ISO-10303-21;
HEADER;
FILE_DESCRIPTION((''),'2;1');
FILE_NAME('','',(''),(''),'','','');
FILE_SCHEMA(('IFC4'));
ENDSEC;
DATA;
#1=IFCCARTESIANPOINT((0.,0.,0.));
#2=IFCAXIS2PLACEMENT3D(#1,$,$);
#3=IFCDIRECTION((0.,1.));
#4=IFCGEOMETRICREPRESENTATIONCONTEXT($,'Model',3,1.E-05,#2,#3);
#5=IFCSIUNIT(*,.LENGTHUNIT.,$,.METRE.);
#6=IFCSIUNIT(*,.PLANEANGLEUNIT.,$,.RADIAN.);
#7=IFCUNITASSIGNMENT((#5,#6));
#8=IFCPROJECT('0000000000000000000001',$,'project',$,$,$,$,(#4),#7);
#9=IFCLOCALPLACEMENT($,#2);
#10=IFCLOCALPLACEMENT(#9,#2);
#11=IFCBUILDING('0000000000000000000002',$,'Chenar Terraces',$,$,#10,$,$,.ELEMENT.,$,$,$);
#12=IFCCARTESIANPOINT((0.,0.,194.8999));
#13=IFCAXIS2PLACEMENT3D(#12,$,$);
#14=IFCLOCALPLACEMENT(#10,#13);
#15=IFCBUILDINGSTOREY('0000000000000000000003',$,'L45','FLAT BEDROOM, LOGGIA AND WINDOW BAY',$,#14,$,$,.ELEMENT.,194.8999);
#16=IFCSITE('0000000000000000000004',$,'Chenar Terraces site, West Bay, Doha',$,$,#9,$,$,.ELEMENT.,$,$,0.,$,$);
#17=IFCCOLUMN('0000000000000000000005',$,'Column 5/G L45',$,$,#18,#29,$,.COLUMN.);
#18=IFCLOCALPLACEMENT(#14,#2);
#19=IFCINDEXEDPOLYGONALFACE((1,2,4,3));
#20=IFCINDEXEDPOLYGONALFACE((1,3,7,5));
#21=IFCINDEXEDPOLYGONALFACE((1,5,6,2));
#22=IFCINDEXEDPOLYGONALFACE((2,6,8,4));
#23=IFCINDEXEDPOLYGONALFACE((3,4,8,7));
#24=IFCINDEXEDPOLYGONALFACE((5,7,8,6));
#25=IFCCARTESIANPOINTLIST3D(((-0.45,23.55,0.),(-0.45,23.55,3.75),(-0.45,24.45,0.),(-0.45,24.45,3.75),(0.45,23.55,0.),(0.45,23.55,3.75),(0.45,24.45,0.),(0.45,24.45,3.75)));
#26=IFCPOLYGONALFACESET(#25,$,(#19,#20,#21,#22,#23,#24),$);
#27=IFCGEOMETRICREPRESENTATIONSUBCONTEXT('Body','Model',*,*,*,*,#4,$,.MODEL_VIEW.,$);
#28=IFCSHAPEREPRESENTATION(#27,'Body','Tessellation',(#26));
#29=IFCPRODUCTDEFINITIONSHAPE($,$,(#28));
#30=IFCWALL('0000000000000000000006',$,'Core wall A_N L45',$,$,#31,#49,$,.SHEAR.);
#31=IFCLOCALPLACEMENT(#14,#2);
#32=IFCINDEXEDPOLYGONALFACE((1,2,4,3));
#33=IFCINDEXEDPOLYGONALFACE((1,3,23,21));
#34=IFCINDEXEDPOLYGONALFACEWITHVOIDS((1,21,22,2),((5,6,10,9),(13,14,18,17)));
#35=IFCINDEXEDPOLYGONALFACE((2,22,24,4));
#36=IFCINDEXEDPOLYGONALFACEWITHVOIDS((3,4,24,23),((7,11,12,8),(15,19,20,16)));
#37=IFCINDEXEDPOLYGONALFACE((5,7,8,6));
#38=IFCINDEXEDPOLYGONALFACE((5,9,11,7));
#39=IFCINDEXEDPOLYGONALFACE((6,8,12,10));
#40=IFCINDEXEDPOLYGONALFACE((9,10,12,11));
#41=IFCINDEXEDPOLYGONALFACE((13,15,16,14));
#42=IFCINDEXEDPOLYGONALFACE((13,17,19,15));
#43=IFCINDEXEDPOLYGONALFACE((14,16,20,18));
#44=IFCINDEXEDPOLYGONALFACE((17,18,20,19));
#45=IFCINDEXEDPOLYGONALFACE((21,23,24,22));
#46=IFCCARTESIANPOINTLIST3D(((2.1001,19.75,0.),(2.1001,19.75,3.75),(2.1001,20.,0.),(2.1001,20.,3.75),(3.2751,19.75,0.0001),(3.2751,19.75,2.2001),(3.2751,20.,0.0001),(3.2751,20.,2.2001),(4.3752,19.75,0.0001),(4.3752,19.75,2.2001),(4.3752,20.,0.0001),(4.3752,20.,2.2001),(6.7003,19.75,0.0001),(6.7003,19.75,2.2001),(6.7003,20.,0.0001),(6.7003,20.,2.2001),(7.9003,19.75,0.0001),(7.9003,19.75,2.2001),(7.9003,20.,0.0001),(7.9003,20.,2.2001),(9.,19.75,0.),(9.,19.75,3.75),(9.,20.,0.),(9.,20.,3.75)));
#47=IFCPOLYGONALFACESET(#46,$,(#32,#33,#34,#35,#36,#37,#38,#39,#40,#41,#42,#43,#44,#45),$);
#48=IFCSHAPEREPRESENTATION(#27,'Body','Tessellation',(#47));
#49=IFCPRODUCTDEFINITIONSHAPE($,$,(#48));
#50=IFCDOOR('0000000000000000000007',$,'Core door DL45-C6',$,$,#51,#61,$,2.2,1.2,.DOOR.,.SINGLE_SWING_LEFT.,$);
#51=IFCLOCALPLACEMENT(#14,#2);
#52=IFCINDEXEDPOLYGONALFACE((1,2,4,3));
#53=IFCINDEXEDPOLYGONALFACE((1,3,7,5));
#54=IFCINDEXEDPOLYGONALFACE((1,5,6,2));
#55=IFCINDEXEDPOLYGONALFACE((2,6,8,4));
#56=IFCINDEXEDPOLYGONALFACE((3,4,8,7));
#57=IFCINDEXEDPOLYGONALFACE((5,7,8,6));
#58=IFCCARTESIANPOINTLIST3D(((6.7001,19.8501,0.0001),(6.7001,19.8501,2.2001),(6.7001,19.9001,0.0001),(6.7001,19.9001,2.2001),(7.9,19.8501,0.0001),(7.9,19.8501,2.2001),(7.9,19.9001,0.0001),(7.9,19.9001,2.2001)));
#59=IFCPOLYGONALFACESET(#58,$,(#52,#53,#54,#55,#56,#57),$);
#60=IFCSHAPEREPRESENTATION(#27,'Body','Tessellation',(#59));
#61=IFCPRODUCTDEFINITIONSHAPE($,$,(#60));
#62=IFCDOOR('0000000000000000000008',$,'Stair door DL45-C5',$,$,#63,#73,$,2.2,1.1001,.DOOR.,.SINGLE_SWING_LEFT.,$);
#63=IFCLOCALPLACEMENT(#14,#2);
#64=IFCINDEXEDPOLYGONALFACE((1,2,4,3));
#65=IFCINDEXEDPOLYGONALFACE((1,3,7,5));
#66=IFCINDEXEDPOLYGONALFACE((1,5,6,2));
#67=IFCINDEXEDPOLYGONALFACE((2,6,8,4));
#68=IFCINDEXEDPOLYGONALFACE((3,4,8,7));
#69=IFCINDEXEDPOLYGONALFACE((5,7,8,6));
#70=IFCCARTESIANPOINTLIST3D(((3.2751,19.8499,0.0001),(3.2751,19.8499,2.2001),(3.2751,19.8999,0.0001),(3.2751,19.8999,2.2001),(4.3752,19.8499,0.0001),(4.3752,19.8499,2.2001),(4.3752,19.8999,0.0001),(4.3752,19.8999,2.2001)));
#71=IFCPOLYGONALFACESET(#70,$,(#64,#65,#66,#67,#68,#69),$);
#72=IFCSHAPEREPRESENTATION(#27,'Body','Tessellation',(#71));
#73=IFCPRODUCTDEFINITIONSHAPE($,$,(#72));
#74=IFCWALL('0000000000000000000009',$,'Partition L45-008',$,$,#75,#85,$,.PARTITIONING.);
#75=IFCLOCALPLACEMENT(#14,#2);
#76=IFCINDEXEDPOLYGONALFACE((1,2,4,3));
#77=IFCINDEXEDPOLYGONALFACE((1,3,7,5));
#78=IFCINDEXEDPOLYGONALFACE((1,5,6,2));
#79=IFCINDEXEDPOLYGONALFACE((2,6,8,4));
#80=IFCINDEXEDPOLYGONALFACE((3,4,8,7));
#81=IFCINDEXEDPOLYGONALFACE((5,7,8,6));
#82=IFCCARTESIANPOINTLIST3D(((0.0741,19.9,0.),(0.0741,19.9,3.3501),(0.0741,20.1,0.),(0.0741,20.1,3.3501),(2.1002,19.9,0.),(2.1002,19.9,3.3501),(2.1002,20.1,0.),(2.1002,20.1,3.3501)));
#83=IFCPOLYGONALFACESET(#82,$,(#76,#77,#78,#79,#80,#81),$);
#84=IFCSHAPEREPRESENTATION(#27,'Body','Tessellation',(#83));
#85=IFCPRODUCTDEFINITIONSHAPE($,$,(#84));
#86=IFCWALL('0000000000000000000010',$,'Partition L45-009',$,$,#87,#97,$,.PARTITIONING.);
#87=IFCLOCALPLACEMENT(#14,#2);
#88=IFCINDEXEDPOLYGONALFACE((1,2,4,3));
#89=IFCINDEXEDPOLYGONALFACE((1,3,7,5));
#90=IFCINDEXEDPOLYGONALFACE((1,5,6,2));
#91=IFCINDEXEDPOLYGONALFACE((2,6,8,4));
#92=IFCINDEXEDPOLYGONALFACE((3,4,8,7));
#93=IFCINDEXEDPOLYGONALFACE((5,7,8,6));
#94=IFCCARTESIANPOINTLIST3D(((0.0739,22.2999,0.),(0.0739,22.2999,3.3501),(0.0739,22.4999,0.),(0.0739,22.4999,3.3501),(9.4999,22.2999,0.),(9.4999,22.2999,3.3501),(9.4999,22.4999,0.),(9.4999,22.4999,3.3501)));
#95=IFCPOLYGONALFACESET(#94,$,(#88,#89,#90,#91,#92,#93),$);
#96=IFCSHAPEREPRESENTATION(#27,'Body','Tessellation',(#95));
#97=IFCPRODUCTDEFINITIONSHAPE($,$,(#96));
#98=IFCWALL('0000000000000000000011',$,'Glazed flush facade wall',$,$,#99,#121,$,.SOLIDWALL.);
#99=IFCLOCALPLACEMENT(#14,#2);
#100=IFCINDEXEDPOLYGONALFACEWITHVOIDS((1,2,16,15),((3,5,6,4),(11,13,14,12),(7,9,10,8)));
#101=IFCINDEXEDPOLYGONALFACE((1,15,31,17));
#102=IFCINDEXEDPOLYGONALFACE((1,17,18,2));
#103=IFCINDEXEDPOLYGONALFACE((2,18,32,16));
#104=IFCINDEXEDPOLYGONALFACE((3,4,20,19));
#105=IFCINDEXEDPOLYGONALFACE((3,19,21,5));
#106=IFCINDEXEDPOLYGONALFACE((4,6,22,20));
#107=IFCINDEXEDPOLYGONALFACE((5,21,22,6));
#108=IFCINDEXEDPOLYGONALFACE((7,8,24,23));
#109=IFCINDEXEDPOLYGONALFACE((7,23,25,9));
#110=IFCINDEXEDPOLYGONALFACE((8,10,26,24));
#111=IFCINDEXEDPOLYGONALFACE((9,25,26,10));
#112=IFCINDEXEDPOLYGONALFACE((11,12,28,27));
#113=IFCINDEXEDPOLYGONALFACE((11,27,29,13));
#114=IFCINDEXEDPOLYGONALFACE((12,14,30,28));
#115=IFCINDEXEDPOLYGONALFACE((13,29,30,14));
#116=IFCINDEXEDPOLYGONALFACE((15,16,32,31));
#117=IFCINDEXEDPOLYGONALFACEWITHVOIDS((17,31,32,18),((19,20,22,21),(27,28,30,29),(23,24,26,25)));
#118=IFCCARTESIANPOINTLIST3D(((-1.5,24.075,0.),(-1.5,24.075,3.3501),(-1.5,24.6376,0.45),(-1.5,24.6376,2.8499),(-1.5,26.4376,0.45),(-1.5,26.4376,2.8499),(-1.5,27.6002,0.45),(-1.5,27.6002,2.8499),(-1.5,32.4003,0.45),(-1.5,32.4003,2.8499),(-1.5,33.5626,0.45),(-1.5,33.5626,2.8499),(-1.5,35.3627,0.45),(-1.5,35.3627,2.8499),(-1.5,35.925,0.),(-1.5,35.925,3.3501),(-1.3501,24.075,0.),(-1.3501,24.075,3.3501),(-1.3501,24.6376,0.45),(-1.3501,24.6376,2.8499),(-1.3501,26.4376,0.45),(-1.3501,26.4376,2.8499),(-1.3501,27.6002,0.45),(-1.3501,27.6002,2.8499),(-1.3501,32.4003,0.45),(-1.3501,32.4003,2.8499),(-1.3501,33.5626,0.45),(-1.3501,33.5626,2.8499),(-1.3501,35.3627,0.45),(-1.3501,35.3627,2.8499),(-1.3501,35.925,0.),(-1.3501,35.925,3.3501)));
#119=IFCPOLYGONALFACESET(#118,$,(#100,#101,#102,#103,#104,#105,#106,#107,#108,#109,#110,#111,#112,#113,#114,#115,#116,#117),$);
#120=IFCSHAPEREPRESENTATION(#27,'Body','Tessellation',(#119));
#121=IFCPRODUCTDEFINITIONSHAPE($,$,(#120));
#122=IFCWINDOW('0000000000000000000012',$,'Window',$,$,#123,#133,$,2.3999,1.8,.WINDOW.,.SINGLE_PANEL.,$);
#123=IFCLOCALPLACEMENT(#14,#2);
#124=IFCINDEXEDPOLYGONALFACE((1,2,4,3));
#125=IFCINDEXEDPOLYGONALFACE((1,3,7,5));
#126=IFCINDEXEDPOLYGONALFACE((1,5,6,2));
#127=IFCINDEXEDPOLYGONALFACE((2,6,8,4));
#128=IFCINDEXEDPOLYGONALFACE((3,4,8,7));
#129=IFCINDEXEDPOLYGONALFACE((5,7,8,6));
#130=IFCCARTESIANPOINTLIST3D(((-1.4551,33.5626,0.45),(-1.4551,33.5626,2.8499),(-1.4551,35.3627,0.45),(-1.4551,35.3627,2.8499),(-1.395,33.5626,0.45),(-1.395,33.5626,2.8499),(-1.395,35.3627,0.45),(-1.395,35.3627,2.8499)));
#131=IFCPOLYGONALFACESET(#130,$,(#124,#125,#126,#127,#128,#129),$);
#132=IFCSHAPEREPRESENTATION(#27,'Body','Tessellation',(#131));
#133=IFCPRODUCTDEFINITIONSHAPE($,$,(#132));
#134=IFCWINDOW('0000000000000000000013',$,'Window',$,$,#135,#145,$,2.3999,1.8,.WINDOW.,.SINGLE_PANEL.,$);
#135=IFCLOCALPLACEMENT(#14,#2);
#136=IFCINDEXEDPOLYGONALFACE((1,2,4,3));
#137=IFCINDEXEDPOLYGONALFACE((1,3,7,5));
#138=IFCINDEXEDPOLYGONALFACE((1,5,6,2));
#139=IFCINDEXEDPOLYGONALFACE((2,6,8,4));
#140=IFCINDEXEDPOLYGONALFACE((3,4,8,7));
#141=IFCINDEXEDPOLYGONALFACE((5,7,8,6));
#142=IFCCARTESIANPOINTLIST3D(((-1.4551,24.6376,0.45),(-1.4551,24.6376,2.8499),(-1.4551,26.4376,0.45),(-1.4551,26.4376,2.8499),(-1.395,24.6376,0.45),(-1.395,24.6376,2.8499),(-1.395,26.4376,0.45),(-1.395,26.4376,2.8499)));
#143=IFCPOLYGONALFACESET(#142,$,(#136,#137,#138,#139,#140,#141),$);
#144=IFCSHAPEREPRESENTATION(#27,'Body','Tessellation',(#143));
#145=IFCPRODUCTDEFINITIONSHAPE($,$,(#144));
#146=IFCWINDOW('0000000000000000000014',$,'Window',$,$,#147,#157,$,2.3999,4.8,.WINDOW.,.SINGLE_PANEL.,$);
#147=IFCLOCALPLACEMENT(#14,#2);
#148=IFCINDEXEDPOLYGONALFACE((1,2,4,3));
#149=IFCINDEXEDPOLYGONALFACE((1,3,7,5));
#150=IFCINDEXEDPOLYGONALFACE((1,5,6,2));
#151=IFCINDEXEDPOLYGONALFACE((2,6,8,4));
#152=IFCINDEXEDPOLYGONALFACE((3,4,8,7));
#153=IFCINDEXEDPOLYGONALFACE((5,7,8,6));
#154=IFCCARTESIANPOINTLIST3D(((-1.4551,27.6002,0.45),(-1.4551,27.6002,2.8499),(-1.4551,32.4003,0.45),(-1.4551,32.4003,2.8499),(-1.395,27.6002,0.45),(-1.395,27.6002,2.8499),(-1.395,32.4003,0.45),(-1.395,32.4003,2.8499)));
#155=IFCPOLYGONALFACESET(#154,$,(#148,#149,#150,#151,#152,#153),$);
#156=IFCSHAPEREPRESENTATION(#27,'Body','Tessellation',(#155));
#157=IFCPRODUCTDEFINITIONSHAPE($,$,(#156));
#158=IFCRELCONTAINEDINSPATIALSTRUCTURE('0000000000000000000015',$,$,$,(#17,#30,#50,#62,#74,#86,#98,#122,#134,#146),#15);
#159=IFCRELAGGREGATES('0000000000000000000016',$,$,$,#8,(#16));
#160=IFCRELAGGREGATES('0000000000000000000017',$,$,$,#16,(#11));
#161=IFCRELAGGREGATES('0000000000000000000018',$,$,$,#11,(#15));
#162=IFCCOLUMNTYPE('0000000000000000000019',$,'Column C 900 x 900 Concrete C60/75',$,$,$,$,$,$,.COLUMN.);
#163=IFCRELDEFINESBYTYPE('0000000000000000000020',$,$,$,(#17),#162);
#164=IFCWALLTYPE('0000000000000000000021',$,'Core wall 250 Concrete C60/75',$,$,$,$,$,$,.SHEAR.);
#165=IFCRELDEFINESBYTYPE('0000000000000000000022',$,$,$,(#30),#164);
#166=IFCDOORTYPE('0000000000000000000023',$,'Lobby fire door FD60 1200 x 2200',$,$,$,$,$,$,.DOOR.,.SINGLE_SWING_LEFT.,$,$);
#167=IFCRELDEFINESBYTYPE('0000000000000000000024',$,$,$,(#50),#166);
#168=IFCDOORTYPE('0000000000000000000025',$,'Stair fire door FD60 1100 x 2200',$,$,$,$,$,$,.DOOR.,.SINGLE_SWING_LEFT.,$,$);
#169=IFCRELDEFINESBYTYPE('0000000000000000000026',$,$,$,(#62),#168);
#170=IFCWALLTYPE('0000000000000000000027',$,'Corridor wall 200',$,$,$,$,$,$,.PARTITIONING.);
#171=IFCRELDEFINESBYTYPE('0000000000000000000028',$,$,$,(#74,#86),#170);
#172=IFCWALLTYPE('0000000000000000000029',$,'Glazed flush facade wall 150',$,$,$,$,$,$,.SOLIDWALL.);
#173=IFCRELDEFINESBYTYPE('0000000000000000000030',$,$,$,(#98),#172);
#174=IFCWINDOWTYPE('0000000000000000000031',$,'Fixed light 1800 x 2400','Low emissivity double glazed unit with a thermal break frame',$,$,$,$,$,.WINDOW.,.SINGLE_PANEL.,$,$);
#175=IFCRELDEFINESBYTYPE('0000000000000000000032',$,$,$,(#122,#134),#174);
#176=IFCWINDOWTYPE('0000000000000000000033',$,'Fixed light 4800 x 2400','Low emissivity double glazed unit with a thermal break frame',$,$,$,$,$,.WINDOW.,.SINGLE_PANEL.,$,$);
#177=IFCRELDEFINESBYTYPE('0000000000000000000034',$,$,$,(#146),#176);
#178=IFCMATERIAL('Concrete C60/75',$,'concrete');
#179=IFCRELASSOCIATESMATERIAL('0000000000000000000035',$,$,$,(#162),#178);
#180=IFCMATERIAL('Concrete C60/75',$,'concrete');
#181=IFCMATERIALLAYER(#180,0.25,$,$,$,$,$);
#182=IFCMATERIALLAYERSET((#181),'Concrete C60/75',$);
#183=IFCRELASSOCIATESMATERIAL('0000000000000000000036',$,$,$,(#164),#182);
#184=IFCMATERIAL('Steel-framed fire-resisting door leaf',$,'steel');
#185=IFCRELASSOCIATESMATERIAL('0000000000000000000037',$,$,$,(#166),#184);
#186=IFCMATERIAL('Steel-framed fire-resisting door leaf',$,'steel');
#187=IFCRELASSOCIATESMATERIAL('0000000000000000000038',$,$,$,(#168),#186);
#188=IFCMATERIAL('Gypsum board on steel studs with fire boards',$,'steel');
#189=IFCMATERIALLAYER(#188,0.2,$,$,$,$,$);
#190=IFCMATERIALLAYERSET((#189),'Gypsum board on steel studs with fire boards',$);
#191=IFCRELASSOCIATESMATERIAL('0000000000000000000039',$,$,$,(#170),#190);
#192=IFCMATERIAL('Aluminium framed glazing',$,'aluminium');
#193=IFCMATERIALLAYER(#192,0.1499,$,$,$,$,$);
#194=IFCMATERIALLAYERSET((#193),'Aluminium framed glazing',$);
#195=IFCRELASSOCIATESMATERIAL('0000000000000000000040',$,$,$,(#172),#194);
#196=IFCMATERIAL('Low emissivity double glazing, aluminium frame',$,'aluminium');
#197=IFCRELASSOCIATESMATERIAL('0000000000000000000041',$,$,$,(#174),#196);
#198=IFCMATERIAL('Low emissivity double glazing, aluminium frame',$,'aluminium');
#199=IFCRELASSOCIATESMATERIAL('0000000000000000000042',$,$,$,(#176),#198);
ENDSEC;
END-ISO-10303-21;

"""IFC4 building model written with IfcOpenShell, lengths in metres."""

from ifc_helpers import new_model, si_unit, direction, frame, frame_2d, origin, origin_2d, place, context, subcontext, project, spatial, rectangle, extrude, material, layer, layer_set, material_profile, profile_set, type_object, element, fill, save


model = new_model("IFC4")

# Units and contexts
model_context = context("Model", 3, precision=1e-05, world=origin(), true_north=direction((0.0, 1.0)))
body_context = subcontext(model_context, "Body", "Model", "MODEL_VIEW")
ifc_project = project(units=[si_unit("LENGTHUNIT", "METRE"), si_unit("PLANEANGLEUNIT", "RADIAN")], contexts=[model_context])

# Site, building, storey
site_placement = place(None, origin())
site = spatial("IfcSite", under=ifc_project, at=site_placement, Name="Chenar Terraces site, West Bay, Doha", CompositionType="ELEMENT", RefElevation=0.0)
building_placement = place(site_placement, origin())
building = spatial("IfcBuilding", under=site, at=building_placement, Name="Chenar Terraces", CompositionType="ELEMENT")
storey_placement = place(building_placement, frame((0.0, 0.0, 194.8999)))
storey = spatial("IfcBuildingStorey", under=building, at=storey_placement, Name="L45", Description="FLAT BEDROOM, LOGGIA AND WINDOW BAY", CompositionType="ELEMENT", Elevation=194.8999)

# Column
ifc_material_1 = material(Name="Concrete C60/75", Category="concrete")
ifc_material_profile_1 = material_profile(ifc_material_1, rectangle(XDim=0.8999, YDim=0.8999, at=origin_2d()), Name="C 900 x 900")
ifc_profile_set_1 = profile_set([ifc_material_profile_1], Name="Concrete C60/75")
column_type = type_object("IfcColumnType", Name="Column C 900 x 900 Concrete C60/75", PredefinedType="COLUMN", material=ifc_profile_set_1)
column_placement = place(storey_placement, frame((0.0, 24.0, 0.0), z_axis=(0.0, 0.0, 1.0), x_axis=(1.0, 0.0, 0.0)))
element("IfcColumn", 1, at=column_placement, inside=storey, type_object=column_type, Name="Column 5/G L45", PredefinedType="COLUMN", context=body_context, shape_type="SweptSolid", body=[
    extrude(rectangle(XDim=0.8999, YDim=0.8999, at=origin_2d()), origin(), (0.0, 0.0, 1.0), 3.75),
])

# Wall, openings, doors
ifc_material_2 = material(Name="Concrete C60/75", Category="concrete")
ifc_layer_1 = layer(ifc_material_2, 0.25)
ifc_layer_set_1 = layer_set([ifc_layer_1], Name="Concrete C60/75")
wall_type_1 = type_object("IfcWallType", Name="Core wall 250 Concrete C60/75", PredefinedType="SHEAR", material=ifc_layer_set_1)
wall_1_placement = place(storey_placement, frame((2.1001, 19.875, 0.0), z_axis=(0.0, 0.0, 1.0), x_axis=(1.0, 0.0, 0.0)))
wall_1 = element("IfcWall", 2, at=wall_1_placement, inside=storey, type_object=wall_type_1, Name="Core wall A_N L45", PredefinedType="SHEAR", context=body_context, shape_type="SweptSolid", body=[
    extrude(rectangle(XDim=6.8999, YDim=0.25, at=frame_2d((3.45, 0.0))), origin(), (0.0, 0.0, 1.0), 3.75),
])
opening_1_placement = place(wall_1_placement, frame((1.175, 0.0, 0.0)))
opening_1 = element("IfcOpeningElement", 3, at=opening_1_placement, cuts=wall_1, PredefinedType="OPENING", context=body_context, shape_type="SweptSolid", body=[
    extrude(rectangle(XDim=1.1001, YDim=2.2, at=frame_2d((0.55, 1.1001))), frame((0.0, 0.135, 0.0), z_axis=(0.0, -1.0, 0.0), x_axis=(1.0, 0.0, 0.0)), (0.0, 0.0, 1.0), 0.27),
])
opening_2_placement = place(wall_1_placement, frame((4.6001, 0.0, 0.0)))
opening_2 = element("IfcOpeningElement", 4, at=opening_2_placement, cuts=wall_1, PredefinedType="OPENING", context=body_context, shape_type="SweptSolid", body=[
    extrude(rectangle(XDim=1.2, YDim=2.2, at=frame_2d((0.6001, 1.1001))), frame((0.0, 0.135, 0.0), z_axis=(0.0, -1.0, 0.0), x_axis=(1.0, 0.0, 0.0)), (0.0, 0.0, 1.0), 0.27),
])
ifc_material_3 = material(Name="Steel-framed fire-resisting door leaf", Category="steel")
door_type_1 = type_object("IfcDoorType", Name="Lobby fire door FD60 1200 x 2200", OperationType="SINGLE_SWING_LEFT", PredefinedType="DOOR", material=ifc_material_3)
door_1_placement = place(opening_2_placement, frame((1.2, 0.0, 0.0), z_axis=(0.0, 0.0, 1.0), x_axis=(-1.0, 0.0, 0.0)))
door_1 = element("IfcDoor", 5, at=door_1_placement, inside=storey, type_object=door_type_1, Name="Core door DL45-C6", OperationType="SINGLE_SWING_LEFT", OverallHeight=2.2, OverallWidth=1.2, PredefinedType="DOOR", context=body_context, shape_type="SweptSolid", body=[
    extrude(rectangle(XDim=1.2, YDim=2.2, at=frame_2d((0.6001, 1.1001))), frame((0.0, 0.0249, 0.0), z_axis=(0.0, -1.0, 0.0), x_axis=(1.0, 0.0, 0.0)), (0.0, 0.0, 1.0), 0.05),
])
fill(opening_2, door_1)
ifc_material_4 = material(Name="Steel-framed fire-resisting door leaf", Category="steel")
door_type_2 = type_object("IfcDoorType", Name="Stair fire door FD60 1100 x 2200", OperationType="SINGLE_SWING_LEFT", PredefinedType="DOOR", material=ifc_material_4)
door_2_placement = place(opening_1_placement, origin())
door_2 = element("IfcDoor", 6, at=door_2_placement, inside=storey, type_object=door_type_2, Name="Stair door DL45-C5", OperationType="SINGLE_SWING_LEFT", OverallHeight=2.2, OverallWidth=1.1001, PredefinedType="DOOR", context=body_context, shape_type="SweptSolid", body=[
    extrude(rectangle(XDim=1.1001, YDim=2.2, at=frame_2d((0.55, 1.1001))), frame((0.0, 0.0249, 0.0), z_axis=(0.0, -1.0, 0.0), x_axis=(1.0, 0.0, 0.0)), (0.0, 0.0, 1.0), 0.05),
])
fill(opening_1, door_2)

# Walls
ifc_material_5 = material(Name="Gypsum board on steel studs with fire boards", Category="steel")
ifc_layer_2 = layer(ifc_material_5, 0.2)
ifc_layer_set_2 = layer_set([ifc_layer_2], Name="Gypsum board on steel studs with fire boards")
wall_type_2 = type_object("IfcWallType", Name="Corridor wall 200", PredefinedType="PARTITIONING", material=ifc_layer_set_2)
wall_2_placement = place(storey_placement, frame((0.074, 20.0, 0.0), z_axis=(0.0, 0.0, 1.0), x_axis=(1.0, 0.0, 0.0)))
element("IfcWall", 7, at=wall_2_placement, inside=storey, type_object=wall_type_2, Name="Partition L45-008", PredefinedType="PARTITIONING", context=body_context, shape_type="SweptSolid", body=[
    extrude(rectangle(XDim=2.0261, YDim=0.2, at=frame_2d((1.0132, 0.0))), origin(), (0.0, 0.0, 1.0), 3.3501),
])
wall_3_placement = place(storey_placement, frame((0.074, 22.3999, 0.0), z_axis=(0.0, 0.0, 1.0), x_axis=(1.0, 0.0, 0.0)))
element("IfcWall", 8, at=wall_3_placement, inside=storey, type_object=wall_type_2, Name="Partition L45-009", PredefinedType="PARTITIONING", context=body_context, shape_type="SweptSolid", body=[
    extrude(rectangle(XDim=9.426, YDim=0.2, at=frame_2d((4.7129, 0.0))), origin(), (0.0, 0.0, 1.0), 3.3501),
])

# Wall, openings, windows
ifc_material_6 = material(Name="Aluminium framed glazing", Category="aluminium")
ifc_layer_3 = layer(ifc_material_6, 0.1499)
ifc_layer_set_3 = layer_set([ifc_layer_3], Name="Aluminium framed glazing")
wall_type_3 = type_object("IfcWallType", Name="Glazed flush facade wall 150", PredefinedType="SOLIDWALL", material=ifc_layer_set_3)
wall_4_placement = place(storey_placement, frame((-1.425, 35.925, 0.0), z_axis=(0.0, 0.0, 1.0), x_axis=(0.0, -1.0, 0.0)))
wall_4 = element("IfcWall", 9, at=wall_4_placement, inside=storey, type_object=wall_type_3, Name="Glazed flush facade wall", PredefinedType="SOLIDWALL", context=body_context, shape_type="SweptSolid", body=[
    extrude(rectangle(XDim=11.8501, YDim=0.1499, at=frame_2d((5.925, 0.0))), origin(), (0.0, 0.0, 1.0), 3.3501),
])
opening_3_placement = place(wall_4_placement, frame((0.5625, 0.0, 0.45)))
opening_3 = element("IfcOpeningElement", 10, at=opening_3_placement, cuts=wall_4, PredefinedType="OPENING", context=body_context, shape_type="SweptSolid", body=[
    extrude(rectangle(XDim=1.8, YDim=2.3999, at=frame_2d((0.8999, 1.2))), frame((0.0, 0.085, 0.0), z_axis=(0.0, -1.0, 0.0), x_axis=(1.0, 0.0, 0.0)), (0.0, 0.0, 1.0), 0.1699),
])
opening_4_placement = place(wall_4_placement, frame((3.5249, 0.0, 0.45)))
opening_4 = element("IfcOpeningElement", 11, at=opening_4_placement, cuts=wall_4, PredefinedType="OPENING", context=body_context, shape_type="SweptSolid", body=[
    extrude(rectangle(XDim=4.8, YDim=2.3999, at=frame_2d((2.3999, 1.2))), frame((0.0, 0.085, 0.0), z_axis=(0.0, -1.0, 0.0), x_axis=(1.0, 0.0, 0.0)), (0.0, 0.0, 1.0), 0.1699),
])
opening_5_placement = place(wall_4_placement, frame((9.4875, 0.0, 0.45)))
opening_5 = element("IfcOpeningElement", 12, at=opening_5_placement, cuts=wall_4, PredefinedType="OPENING", context=body_context, shape_type="SweptSolid", body=[
    extrude(rectangle(XDim=1.8, YDim=2.3999, at=frame_2d((0.8999, 1.2))), frame((0.0, 0.085, 0.0), z_axis=(0.0, -1.0, 0.0), x_axis=(1.0, 0.0, 0.0)), (0.0, 0.0, 1.0), 0.1699),
])
ifc_material_7 = material(Name="Low emissivity double glazing, aluminium frame", Category="aluminium")
window_type_1 = type_object("IfcWindowType", Name="Fixed light 1800 x 2400", Description="Low emissivity double glazed unit with a thermal break frame", PartitioningType="SINGLE_PANEL", PredefinedType="WINDOW", material=ifc_material_7)
window_1_placement = place(opening_3_placement, origin())
window_1 = element("IfcWindow", 13, at=window_1_placement, inside=storey, type_object=window_type_1, Name="Window", OverallHeight=2.3999, OverallWidth=1.8, PartitioningType="SINGLE_PANEL", PredefinedType="WINDOW", context=body_context, shape_type="SweptSolid", body=[
    extrude(rectangle(XDim=1.8, YDim=2.3999, at=frame_2d((0.8999, 1.2))), frame((0.0, 0.03, 0.0), z_axis=(0.0, -1.0, 0.0), x_axis=(1.0, 0.0, 0.0)), (0.0, 0.0, 1.0), 0.0601),
])
fill(opening_3, window_1)
window_2_placement = place(opening_5_placement, origin())
window_2 = element("IfcWindow", 14, at=window_2_placement, inside=storey, type_object=window_type_1, Name="Window", OverallHeight=2.3999, OverallWidth=1.8, PartitioningType="SINGLE_PANEL", PredefinedType="WINDOW", context=body_context, shape_type="SweptSolid", body=[
    extrude(rectangle(XDim=1.8, YDim=2.3999, at=frame_2d((0.8999, 1.2))), frame((0.0, 0.03, 0.0), z_axis=(0.0, -1.0, 0.0), x_axis=(1.0, 0.0, 0.0)), (0.0, 0.0, 1.0), 0.0601),
])
fill(opening_5, window_2)
ifc_material_8 = material(Name="Low emissivity double glazing, aluminium frame", Category="aluminium")
window_type_2 = type_object("IfcWindowType", Name="Fixed light 4800 x 2400", Description="Low emissivity double glazed unit with a thermal break frame", PartitioningType="SINGLE_PANEL", PredefinedType="WINDOW", material=ifc_material_8)
window_3_placement = place(opening_4_placement, origin())
window_3 = element("IfcWindow", 15, at=window_3_placement, inside=storey, type_object=window_type_2, Name="Window", OverallHeight=2.3999, OverallWidth=4.8, PartitioningType="SINGLE_PANEL", PredefinedType="WINDOW", context=body_context, shape_type="SweptSolid", body=[
    extrude(rectangle(XDim=4.8, YDim=2.3999, at=frame_2d((2.3999, 1.2))), frame((0.0, 0.03, 0.0), z_axis=(0.0, -1.0, 0.0), x_axis=(1.0, 0.0, 0.0)), (0.0, 0.0, 1.0), 0.0601),
])
fill(opening_4, window_3)

save(model, "model.ifc")
